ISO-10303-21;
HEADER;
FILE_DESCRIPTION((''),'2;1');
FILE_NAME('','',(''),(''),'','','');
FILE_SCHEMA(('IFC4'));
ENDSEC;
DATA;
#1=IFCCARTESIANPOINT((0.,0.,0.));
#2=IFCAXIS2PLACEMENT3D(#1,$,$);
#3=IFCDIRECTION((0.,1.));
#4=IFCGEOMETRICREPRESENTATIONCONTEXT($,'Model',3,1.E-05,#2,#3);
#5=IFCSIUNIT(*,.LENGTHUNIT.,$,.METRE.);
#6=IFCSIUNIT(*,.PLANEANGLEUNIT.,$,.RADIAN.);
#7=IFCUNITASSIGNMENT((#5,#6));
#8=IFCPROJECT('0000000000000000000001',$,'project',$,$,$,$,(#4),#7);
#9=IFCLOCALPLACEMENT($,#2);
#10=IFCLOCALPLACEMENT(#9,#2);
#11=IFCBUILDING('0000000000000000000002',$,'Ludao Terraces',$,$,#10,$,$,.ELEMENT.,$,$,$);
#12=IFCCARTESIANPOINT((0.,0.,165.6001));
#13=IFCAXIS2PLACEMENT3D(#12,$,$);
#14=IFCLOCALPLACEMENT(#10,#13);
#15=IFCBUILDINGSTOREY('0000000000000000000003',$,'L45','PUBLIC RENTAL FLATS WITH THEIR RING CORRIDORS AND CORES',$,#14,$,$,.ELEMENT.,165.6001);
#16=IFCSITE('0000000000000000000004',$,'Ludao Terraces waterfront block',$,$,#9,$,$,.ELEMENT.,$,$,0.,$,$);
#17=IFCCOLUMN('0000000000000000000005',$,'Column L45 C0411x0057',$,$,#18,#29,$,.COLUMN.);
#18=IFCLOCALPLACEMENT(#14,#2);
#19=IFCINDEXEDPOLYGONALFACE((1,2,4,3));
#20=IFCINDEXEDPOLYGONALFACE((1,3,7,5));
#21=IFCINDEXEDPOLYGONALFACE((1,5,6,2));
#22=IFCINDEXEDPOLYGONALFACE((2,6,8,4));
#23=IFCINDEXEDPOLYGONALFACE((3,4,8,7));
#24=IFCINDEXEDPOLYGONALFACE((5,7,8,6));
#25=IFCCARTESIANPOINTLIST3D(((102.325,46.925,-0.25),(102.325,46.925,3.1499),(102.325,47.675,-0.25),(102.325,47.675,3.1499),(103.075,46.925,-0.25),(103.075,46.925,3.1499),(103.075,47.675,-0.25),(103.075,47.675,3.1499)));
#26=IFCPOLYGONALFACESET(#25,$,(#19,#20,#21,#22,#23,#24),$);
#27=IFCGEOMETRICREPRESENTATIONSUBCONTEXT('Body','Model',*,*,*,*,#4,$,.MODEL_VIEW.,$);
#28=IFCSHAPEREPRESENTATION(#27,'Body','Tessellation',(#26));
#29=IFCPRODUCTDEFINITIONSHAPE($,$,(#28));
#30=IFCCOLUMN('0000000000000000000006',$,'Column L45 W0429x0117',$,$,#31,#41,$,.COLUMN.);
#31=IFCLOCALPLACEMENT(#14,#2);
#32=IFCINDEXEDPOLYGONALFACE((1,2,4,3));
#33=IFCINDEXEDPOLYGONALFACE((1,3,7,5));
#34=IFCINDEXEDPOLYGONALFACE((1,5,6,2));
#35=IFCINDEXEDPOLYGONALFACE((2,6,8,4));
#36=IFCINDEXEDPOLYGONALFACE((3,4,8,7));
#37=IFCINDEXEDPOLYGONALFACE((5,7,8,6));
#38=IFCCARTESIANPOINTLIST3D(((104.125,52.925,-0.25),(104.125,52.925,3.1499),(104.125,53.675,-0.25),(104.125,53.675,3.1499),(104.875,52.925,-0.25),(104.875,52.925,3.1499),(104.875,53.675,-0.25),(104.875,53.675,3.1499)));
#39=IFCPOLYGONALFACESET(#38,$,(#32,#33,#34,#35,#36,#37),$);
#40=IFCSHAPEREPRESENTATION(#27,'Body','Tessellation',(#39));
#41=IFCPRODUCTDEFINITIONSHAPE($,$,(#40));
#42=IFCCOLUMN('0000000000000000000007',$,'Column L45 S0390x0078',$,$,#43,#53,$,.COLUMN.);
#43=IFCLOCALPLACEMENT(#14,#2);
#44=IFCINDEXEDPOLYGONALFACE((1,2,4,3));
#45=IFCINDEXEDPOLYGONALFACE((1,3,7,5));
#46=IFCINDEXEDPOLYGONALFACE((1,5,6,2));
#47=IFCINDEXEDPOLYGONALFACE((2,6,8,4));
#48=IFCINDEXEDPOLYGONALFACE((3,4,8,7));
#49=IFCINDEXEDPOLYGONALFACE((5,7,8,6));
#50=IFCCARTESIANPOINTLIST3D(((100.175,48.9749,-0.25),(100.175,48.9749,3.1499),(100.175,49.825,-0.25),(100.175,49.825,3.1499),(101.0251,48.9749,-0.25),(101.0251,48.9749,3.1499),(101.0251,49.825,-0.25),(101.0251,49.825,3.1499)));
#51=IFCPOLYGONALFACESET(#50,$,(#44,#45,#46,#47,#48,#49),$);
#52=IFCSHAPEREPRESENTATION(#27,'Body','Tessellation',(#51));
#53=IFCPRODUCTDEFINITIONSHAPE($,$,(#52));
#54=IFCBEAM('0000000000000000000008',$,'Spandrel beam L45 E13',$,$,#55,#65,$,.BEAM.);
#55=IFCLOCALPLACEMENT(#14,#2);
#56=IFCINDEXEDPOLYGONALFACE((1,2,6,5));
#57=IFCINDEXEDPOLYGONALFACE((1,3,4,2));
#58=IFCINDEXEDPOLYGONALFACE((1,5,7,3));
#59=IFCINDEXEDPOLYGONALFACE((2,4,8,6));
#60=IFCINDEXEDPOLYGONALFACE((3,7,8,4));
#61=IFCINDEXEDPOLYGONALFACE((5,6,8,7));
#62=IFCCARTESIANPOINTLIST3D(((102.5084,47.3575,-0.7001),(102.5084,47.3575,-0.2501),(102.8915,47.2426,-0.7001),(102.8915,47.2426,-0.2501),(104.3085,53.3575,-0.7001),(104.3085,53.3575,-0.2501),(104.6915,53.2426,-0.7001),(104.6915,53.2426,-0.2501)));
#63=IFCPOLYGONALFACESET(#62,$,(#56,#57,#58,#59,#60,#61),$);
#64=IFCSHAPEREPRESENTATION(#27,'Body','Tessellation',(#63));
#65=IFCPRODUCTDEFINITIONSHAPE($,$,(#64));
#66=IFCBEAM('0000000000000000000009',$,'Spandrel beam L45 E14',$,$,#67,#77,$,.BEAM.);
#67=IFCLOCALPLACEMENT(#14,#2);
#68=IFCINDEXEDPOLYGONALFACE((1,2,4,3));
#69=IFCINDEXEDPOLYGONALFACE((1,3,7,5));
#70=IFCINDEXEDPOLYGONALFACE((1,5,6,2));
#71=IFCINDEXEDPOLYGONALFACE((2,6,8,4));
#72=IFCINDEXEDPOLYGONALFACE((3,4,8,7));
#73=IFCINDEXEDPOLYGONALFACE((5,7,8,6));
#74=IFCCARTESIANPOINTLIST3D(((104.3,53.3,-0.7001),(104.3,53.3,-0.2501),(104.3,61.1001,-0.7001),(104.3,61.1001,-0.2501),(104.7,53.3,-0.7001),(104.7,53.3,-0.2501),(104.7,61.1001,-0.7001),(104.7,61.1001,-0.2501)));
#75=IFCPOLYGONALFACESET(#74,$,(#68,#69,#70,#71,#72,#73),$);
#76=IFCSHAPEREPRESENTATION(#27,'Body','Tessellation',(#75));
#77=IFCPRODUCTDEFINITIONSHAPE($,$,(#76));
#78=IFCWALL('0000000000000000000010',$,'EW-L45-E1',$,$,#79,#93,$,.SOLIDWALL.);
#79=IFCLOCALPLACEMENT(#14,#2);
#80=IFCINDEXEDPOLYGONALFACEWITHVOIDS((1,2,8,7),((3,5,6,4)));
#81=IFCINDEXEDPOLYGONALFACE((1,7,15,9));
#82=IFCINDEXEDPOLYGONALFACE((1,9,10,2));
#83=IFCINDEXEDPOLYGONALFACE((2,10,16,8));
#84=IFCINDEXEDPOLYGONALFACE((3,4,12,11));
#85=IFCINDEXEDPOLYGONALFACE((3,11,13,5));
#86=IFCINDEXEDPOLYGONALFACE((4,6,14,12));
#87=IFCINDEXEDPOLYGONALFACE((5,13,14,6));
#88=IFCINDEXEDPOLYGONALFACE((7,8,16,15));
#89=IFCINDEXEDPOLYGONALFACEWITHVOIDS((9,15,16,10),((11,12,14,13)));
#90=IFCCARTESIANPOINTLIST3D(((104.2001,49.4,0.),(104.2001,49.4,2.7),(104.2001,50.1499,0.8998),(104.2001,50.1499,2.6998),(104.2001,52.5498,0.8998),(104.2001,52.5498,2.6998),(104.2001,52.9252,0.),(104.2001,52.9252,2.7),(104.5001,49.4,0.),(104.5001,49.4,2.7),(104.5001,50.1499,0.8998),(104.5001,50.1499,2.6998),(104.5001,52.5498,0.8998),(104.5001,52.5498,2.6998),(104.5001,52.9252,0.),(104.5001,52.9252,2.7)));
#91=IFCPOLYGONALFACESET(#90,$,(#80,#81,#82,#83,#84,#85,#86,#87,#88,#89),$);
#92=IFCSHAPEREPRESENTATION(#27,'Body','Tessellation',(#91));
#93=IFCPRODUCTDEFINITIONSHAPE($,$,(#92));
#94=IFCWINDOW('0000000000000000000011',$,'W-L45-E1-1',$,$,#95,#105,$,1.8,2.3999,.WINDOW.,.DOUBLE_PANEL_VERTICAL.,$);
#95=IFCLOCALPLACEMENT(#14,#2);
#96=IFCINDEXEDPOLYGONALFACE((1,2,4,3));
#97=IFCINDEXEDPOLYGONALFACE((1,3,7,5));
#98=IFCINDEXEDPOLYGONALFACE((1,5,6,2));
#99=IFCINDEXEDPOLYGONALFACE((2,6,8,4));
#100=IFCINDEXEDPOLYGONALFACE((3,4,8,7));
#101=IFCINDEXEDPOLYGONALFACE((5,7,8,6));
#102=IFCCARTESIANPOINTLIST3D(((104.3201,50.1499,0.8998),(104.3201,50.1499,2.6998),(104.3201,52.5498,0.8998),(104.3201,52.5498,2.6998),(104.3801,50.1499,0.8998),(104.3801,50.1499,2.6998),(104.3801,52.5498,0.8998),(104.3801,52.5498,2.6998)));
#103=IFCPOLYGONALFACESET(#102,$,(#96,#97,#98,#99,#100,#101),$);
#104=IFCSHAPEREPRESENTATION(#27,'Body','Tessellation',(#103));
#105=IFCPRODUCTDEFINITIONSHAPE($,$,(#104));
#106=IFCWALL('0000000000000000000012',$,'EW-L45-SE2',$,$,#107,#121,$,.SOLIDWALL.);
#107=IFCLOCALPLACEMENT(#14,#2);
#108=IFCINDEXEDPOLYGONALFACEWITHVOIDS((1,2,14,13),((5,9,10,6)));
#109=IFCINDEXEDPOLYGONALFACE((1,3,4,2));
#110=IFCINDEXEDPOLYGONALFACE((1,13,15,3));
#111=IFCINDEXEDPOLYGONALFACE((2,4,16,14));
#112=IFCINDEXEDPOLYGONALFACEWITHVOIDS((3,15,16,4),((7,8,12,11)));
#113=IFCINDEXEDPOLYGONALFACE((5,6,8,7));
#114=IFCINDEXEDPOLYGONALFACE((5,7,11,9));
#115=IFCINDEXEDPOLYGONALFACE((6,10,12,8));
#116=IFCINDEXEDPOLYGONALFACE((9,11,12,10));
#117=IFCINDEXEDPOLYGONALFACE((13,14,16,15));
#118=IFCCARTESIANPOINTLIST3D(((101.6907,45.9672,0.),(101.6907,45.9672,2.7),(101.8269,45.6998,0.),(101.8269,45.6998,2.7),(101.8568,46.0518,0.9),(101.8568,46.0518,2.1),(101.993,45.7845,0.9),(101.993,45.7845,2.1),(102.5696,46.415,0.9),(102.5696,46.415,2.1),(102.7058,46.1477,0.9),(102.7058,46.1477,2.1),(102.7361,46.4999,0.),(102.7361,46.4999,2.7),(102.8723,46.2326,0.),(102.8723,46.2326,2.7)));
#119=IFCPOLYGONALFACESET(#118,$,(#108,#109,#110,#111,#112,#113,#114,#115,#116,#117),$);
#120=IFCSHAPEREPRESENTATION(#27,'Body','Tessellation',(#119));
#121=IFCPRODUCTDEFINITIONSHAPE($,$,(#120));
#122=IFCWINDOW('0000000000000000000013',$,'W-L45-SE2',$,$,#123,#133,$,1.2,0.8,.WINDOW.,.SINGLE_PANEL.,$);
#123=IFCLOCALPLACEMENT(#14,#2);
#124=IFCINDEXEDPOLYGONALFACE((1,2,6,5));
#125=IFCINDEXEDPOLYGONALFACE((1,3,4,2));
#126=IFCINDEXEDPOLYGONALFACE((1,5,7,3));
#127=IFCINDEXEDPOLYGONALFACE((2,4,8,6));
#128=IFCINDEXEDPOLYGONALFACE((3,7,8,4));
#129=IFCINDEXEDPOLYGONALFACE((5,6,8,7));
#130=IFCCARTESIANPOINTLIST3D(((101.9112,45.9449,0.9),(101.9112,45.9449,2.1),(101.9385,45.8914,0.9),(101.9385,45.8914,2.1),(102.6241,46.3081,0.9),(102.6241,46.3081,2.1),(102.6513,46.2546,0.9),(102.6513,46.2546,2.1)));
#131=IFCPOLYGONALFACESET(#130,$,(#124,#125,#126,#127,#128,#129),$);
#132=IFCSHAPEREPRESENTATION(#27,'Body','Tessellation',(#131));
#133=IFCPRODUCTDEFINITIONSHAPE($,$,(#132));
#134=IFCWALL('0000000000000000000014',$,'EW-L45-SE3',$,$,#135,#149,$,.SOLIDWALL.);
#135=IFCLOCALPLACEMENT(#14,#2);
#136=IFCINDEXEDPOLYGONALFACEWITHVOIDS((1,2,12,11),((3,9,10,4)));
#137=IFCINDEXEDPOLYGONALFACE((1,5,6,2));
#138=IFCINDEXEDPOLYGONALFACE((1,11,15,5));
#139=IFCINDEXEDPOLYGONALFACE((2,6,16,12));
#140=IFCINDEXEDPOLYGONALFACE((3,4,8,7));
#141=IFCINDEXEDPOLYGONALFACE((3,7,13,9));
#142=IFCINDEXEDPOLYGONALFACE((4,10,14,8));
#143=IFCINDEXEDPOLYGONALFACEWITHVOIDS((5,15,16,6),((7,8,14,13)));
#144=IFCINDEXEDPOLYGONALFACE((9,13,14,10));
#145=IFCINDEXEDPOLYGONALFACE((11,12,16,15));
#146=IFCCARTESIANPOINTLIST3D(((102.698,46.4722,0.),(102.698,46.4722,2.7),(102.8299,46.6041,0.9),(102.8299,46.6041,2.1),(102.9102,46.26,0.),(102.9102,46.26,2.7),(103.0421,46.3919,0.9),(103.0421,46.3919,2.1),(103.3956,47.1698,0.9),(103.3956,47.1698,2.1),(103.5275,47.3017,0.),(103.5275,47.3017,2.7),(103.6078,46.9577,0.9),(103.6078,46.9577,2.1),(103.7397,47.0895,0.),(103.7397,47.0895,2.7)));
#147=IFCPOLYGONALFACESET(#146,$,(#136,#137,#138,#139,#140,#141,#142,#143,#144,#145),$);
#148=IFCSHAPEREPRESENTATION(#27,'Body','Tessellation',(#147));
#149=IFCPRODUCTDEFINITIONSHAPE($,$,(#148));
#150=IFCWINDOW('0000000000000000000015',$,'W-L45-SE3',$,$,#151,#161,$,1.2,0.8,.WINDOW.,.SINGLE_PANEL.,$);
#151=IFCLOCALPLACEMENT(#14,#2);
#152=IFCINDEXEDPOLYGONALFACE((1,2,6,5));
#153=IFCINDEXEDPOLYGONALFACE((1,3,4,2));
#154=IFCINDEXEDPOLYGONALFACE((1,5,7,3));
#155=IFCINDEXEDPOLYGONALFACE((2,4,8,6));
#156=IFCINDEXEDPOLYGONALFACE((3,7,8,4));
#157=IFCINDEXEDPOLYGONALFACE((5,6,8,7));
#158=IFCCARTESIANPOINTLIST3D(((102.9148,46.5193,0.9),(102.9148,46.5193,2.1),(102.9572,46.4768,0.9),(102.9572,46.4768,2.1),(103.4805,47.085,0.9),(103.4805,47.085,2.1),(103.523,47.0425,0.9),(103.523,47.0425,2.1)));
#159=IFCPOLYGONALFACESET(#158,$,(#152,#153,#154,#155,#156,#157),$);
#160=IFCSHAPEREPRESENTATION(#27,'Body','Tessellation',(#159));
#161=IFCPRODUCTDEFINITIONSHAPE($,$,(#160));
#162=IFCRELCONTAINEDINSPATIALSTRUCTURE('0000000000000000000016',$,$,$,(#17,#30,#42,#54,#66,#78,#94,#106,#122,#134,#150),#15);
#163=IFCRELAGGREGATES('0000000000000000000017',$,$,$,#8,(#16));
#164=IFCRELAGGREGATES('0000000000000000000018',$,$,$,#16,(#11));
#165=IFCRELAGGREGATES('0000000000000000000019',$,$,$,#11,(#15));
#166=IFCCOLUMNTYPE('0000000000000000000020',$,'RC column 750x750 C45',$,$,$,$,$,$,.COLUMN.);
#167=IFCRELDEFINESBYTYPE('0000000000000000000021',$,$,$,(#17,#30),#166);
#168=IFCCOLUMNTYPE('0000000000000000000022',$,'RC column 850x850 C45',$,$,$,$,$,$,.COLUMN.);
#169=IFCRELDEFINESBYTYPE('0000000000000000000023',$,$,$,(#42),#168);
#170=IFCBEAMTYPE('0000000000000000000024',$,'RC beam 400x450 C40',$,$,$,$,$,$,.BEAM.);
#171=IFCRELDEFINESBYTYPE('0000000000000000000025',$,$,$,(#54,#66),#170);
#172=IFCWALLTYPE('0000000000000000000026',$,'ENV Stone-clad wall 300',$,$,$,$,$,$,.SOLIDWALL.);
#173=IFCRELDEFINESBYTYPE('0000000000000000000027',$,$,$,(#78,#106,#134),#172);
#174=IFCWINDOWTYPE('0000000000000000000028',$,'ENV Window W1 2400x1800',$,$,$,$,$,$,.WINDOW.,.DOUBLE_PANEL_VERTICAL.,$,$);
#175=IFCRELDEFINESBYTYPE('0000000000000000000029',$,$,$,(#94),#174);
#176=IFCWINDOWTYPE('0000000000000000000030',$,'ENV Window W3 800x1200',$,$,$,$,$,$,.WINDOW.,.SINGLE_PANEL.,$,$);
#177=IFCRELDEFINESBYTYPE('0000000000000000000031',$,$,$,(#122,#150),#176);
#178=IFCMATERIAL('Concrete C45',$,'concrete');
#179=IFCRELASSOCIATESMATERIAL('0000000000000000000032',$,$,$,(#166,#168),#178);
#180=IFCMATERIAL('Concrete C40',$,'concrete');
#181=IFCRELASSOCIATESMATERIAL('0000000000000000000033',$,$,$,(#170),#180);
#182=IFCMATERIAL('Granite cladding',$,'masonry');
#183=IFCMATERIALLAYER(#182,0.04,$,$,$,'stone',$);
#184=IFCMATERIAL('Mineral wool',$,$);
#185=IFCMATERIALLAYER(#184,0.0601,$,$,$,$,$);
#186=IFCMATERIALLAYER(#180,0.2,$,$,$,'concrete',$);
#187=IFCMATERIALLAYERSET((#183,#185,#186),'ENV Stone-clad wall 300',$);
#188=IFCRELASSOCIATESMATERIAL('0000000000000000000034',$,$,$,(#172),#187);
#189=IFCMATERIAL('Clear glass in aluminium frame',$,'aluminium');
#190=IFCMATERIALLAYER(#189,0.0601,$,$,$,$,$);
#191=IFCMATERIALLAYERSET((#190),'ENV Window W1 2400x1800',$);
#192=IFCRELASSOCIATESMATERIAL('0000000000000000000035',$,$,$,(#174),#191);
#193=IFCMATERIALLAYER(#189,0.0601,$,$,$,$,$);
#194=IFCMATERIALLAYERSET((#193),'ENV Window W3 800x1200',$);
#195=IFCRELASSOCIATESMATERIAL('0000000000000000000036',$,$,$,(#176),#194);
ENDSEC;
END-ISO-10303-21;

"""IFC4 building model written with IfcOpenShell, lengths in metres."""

from ifc_helpers import new_model, si_unit, direction, frame, frame_2d, origin, origin_2d, place, context, subcontext, project, spatial, rectangle, extrude, material, layer, layer_set, material_profile, profile_set, type_object, element, fill, save


model = new_model("IFC4")

# Units and contexts
model_context = context("Model", 3, precision=1e-05, world=origin(), true_north=direction((0.0, 1.0)))
body_context = subcontext(model_context, "Body", "Model", "MODEL_VIEW")
ifc_project = project(units=[si_unit("LENGTHUNIT", "METRE"), si_unit("PLANEANGLEUNIT", "RADIAN")], contexts=[model_context])

# Site, building, storey
site_placement = place(None, origin())
site = spatial("IfcSite", under=ifc_project, at=site_placement, Name="Ludao Terraces waterfront block", CompositionType="ELEMENT", RefElevation=0.0)
building_placement = place(site_placement, origin())
building = spatial("IfcBuilding", under=site, at=building_placement, Name="Ludao Terraces", CompositionType="ELEMENT")
storey_placement = place(building_placement, frame((0.0, 0.0, 165.6001)))
storey = spatial("IfcBuildingStorey", under=building, at=storey_placement, Name="L45", Description="PUBLIC RENTAL FLATS WITH THEIR RING CORRIDORS AND CORES", CompositionType="ELEMENT", Elevation=165.6001)

# Columns
ifc_material_1 = material(Name="Concrete C45", Category="concrete")
ifc_material_profile_1 = material_profile(ifc_material_1, rectangle(XDim=0.75, YDim=0.75, at=origin_2d()), Name="750 X 750")
ifc_profile_set_1 = profile_set([ifc_material_profile_1], Name="Concrete C45")
column_type_1 = type_object("IfcColumnType", Name="RC column 750x750 C45", PredefinedType="COLUMN", material=ifc_profile_set_1)
for number, where, z_axis, x_axis, name in (
    (1, (102.7, 47.3, -0.25), (0.0, 0.0, 1.0), (1.0, 0.0, 0.0), "Column L45 C0411x0057"),
    (2, (104.5, 53.3, -0.25), (0.0, 0.0, 1.0), (1.0, 0.0, 0.0), "Column L45 W0429x0117"),
):
    element("IfcColumn", number, at=place(storey_placement, frame(where, z_axis=z_axis, x_axis=x_axis)), inside=storey, type_object=column_type_1, Name=name, PredefinedType="COLUMN", context=body_context, shape_type="SweptSolid", body=[
        extrude(rectangle(XDim=0.75, YDim=0.75, at=origin_2d()), origin(), (0.0, 0.0, 1.0), 3.3999),
    ])
ifc_material_profile_2 = material_profile(ifc_material_1, rectangle(XDim=0.8501, YDim=0.8501, at=origin_2d()), Name="850 X 850")
ifc_profile_set_2 = profile_set([ifc_material_profile_2], Name="Concrete C45")
column_type_2 = type_object("IfcColumnType", Name="RC column 850x850 C45", PredefinedType="COLUMN", material=ifc_profile_set_2)
column_placement = place(storey_placement, frame((100.6001, 49.3999, -0.25), z_axis=(0.0, 0.0, 1.0), x_axis=(1.0, 0.0, 0.0)))
element("IfcColumn", 3, at=column_placement, inside=storey, type_object=column_type_2, Name="Column L45 S0390x0078", PredefinedType="COLUMN", context=body_context, shape_type="SweptSolid", body=[
    extrude(rectangle(XDim=0.8501, YDim=0.8501, at=origin_2d()), origin(), (0.0, 0.0, 1.0), 3.3999),
])

# Beams
ifc_material_2 = material(Name="Concrete C40", Category="concrete")
ifc_material_profile_3 = material_profile(ifc_material_2, rectangle(XDim=0.3999, YDim=0.45, at=origin_2d()), Name="400 X 450")
ifc_profile_set_3 = profile_set([ifc_material_profile_3], Name="Concrete C40")
beam_type = type_object("IfcBeamType", Name="RC beam 400x450 C40", PredefinedType="BEAM", material=ifc_profile_set_3)
beam_1_placement = place(storey_placement, frame((102.7, 47.3, -0.4751), z_axis=(0.287355, 0.957824, 0.0), x_axis=(-0.957824, 0.287355, 0.0)))
element("IfcBeam", 4, at=beam_1_placement, inside=storey, type_object=beam_type, Name="Spandrel beam L45 E13", PredefinedType="BEAM", context=body_context, shape_type="SweptSolid", body=[
    extrude(rectangle(XDim=0.3999, YDim=0.45, at=origin_2d()), origin(), (0.0, 0.0, 1.0), 6.2642),
])
beam_2_placement = place(storey_placement, frame((104.5, 53.3, -0.4751), z_axis=(0.0, 1.0, 0.0), x_axis=(-1.0, 0.0, 0.0)))
element("IfcBeam", 5, at=beam_2_placement, inside=storey, type_object=beam_type, Name="Spandrel beam L45 E14", PredefinedType="BEAM", context=body_context, shape_type="SweptSolid", body=[
    extrude(rectangle(XDim=0.3999, YDim=0.45, at=origin_2d()), origin(), (0.0, 0.0, 1.0), 7.8),
])

# Walls, openings, windows
ifc_material_3 = material(Name="Granite cladding", Category="masonry")
ifc_layer_1 = layer(ifc_material_3, 0.04, Category="stone")
ifc_material_4 = material(Name="Mineral wool")
ifc_layer_2 = layer(ifc_material_4, 0.0601)
ifc_layer_3 = layer(ifc_material_2, 0.2, Category="concrete")
ifc_layer_set_1 = layer_set([ifc_layer_1, ifc_layer_2, ifc_layer_3], Name="ENV Stone-clad wall 300")
wall_type = type_object("IfcWallType", Name="ENV Stone-clad wall 300", PredefinedType="SOLIDWALL", material=ifc_layer_set_1)
wall_1_placement = place(storey_placement, frame((104.3501, 49.3999, 0.0), z_axis=(0.0, 0.0, 1.0), x_axis=(0.0, 1.0, 0.0)))
wall_1 = element("IfcWall", 6, at=wall_1_placement, inside=storey, type_object=wall_type, Name="EW-L45-E1", PredefinedType="SOLIDWALL", context=body_context, shape_type="SweptSolid", body=[
    extrude(rectangle(XDim=3.5251, YDim=0.3, at=frame_2d((1.7627, 0.0))), origin(), (0.0, 0.0, 1.0), 2.7),
])
opening_1_placement = place(wall_1_placement, frame((0.75, 0.0, 0.8999)))
opening_1 = element("IfcOpeningElement", 7, at=opening_1_placement, cuts=wall_1, PredefinedType="OPENING", context=body_context, shape_type="SweptSolid", body=[
    extrude(rectangle(XDim=2.3999, YDim=1.8, at=frame_2d((1.2, 0.8999))), frame((0.0, 0.1602, 0.0), z_axis=(0.0, -1.0, 0.0), x_axis=(1.0, 0.0, 0.0)), (0.0, 0.0, 1.0), 0.3201),
])
ifc_material_5 = material(Name="Clear glass in aluminium frame", Category="aluminium")
ifc_layer_4 = layer(ifc_material_5, 0.0601)
ifc_layer_set_2 = layer_set([ifc_layer_4], Name="ENV Window W1 2400x1800")
window_type_1 = type_object("IfcWindowType", Name="ENV Window W1 2400x1800", PartitioningType="DOUBLE_PANEL_VERTICAL", PredefinedType="WINDOW", material=ifc_layer_set_2)
window_1_placement = place(opening_1_placement, origin())
window_1 = element("IfcWindow", 8, at=window_1_placement, inside=storey, type_object=window_type_1, Name="W-L45-E1-1", OverallHeight=1.8, OverallWidth=2.3999, PartitioningType="DOUBLE_PANEL_VERTICAL", PredefinedType="WINDOW", context=body_context, shape_type="SweptSolid", body=[
    extrude(rectangle(XDim=2.3999, YDim=1.8, at=frame_2d((1.2, 0.8999))), frame((0.0, 0.03, 0.0), z_axis=(0.0, -1.0, 0.0), x_axis=(1.0, 0.0, 0.0)), (0.0, 0.0, 1.0), 0.0601),
])
fill(opening_1, window_1)
wall_2_placement = place(storey_placement, frame((101.7588, 45.8335, 0.0), z_axis=(0.0, 0.0, 1.0), x_axis=(0.890989, 0.454026, 0.0)))
wall_2 = element("IfcWall", 9, at=wall_2_placement, inside=storey, type_object=wall_type, Name="EW-L45-SE2", PredefinedType="SOLIDWALL", context=body_context, shape_type="SweptSolid", body=[
    extrude(rectangle(XDim=1.1733, YDim=0.3, at=frame_2d((0.5867, 0.0))), origin(), (0.0, 0.0, 1.0), 2.7),
])
opening_2_placement = place(wall_2_placement, frame((0.1865, 0.0, 0.8999)))
opening_2 = element("IfcOpeningElement", 10, at=opening_2_placement, cuts=wall_2, PredefinedType="OPENING", context=body_context, shape_type="SweptSolid", body=[
    extrude(rectangle(XDim=0.8, YDim=1.2, at=frame_2d((0.3999, 0.6001))), frame((0.0, 0.1602, 0.0), z_axis=(0.0, -1.0, 0.0), x_axis=(1.0, 0.0, 0.0)), (0.0, 0.0, 1.0), 0.3201),
])
ifc_layer_5 = layer(ifc_material_5, 0.0601)
ifc_layer_set_3 = layer_set([ifc_layer_5], Name="ENV Window W3 800x1200")
window_type_2 = type_object("IfcWindowType", Name="ENV Window W3 800x1200", PartitioningType="SINGLE_PANEL", PredefinedType="WINDOW", material=ifc_layer_set_3)
window_2_placement = place(opening_2_placement, origin())
window_2 = element("IfcWindow", 11, at=window_2_placement, inside=storey, type_object=window_type_2, Name="W-L45-SE2", OverallHeight=1.2, OverallWidth=0.8, PartitioningType="SINGLE_PANEL", PredefinedType="WINDOW", context=body_context, shape_type="SweptSolid", body=[
    extrude(rectangle(XDim=0.8, YDim=1.2, at=frame_2d((0.3999, 0.6001))), frame((0.0, 0.03, 0.0), z_axis=(0.0, -1.0, 0.0), x_axis=(1.0, 0.0, 0.0)), (0.0, 0.0, 1.0), 0.0601),
])
fill(opening_2, window_2)
wall_3_placement = place(storey_placement, frame((102.8042, 46.3662, 0.0), z_axis=(0.0, 0.0, 1.0), x_axis=(0.707107, 0.707107, 0.0)))
wall_3 = element("IfcWall", 12, at=wall_3_placement, inside=storey, type_object=wall_type, Name="EW-L45-SE3", PredefinedType="SOLIDWALL", context=body_context, shape_type="SweptSolid", body=[
    extrude(rectangle(XDim=1.1731, YDim=0.3, at=frame_2d((0.5864, 0.0))), origin(), (0.0, 0.0, 1.0), 2.7),
])
opening_3_placement = place(wall_3_placement, frame((0.1865, 0.0, 0.8999)))
opening_3 = element("IfcOpeningElement", 13, at=opening_3_placement, cuts=wall_3, PredefinedType="OPENING", context=body_context, shape_type="SweptSolid", body=[
    extrude(rectangle(XDim=0.8, YDim=1.2, at=frame_2d((0.3999, 0.6001))), frame((0.0, 0.1602, 0.0), z_axis=(0.0, -1.0, 0.0), x_axis=(1.0, 0.0, 0.0)), (0.0, 0.0, 1.0), 0.3201),
])
window_3_placement = place(opening_3_placement, origin())
window_3 = element("IfcWindow", 14, at=window_3_placement, inside=storey, type_object=window_type_2, Name="W-L45-SE3", OverallHeight=1.2, OverallWidth=0.8, PartitioningType="SINGLE_PANEL", PredefinedType="WINDOW", context=body_context, shape_type="SweptSolid", body=[
    extrude(rectangle(XDim=0.8, YDim=1.2, at=frame_2d((0.3999, 0.6001))), frame((0.0, 0.03, 0.0), z_axis=(0.0, -1.0, 0.0), x_axis=(1.0, 0.0, 0.0)), (0.0, 0.0, 1.0), 0.0601),
])
fill(opening_3, window_3)

save(model, "model.ifc")
